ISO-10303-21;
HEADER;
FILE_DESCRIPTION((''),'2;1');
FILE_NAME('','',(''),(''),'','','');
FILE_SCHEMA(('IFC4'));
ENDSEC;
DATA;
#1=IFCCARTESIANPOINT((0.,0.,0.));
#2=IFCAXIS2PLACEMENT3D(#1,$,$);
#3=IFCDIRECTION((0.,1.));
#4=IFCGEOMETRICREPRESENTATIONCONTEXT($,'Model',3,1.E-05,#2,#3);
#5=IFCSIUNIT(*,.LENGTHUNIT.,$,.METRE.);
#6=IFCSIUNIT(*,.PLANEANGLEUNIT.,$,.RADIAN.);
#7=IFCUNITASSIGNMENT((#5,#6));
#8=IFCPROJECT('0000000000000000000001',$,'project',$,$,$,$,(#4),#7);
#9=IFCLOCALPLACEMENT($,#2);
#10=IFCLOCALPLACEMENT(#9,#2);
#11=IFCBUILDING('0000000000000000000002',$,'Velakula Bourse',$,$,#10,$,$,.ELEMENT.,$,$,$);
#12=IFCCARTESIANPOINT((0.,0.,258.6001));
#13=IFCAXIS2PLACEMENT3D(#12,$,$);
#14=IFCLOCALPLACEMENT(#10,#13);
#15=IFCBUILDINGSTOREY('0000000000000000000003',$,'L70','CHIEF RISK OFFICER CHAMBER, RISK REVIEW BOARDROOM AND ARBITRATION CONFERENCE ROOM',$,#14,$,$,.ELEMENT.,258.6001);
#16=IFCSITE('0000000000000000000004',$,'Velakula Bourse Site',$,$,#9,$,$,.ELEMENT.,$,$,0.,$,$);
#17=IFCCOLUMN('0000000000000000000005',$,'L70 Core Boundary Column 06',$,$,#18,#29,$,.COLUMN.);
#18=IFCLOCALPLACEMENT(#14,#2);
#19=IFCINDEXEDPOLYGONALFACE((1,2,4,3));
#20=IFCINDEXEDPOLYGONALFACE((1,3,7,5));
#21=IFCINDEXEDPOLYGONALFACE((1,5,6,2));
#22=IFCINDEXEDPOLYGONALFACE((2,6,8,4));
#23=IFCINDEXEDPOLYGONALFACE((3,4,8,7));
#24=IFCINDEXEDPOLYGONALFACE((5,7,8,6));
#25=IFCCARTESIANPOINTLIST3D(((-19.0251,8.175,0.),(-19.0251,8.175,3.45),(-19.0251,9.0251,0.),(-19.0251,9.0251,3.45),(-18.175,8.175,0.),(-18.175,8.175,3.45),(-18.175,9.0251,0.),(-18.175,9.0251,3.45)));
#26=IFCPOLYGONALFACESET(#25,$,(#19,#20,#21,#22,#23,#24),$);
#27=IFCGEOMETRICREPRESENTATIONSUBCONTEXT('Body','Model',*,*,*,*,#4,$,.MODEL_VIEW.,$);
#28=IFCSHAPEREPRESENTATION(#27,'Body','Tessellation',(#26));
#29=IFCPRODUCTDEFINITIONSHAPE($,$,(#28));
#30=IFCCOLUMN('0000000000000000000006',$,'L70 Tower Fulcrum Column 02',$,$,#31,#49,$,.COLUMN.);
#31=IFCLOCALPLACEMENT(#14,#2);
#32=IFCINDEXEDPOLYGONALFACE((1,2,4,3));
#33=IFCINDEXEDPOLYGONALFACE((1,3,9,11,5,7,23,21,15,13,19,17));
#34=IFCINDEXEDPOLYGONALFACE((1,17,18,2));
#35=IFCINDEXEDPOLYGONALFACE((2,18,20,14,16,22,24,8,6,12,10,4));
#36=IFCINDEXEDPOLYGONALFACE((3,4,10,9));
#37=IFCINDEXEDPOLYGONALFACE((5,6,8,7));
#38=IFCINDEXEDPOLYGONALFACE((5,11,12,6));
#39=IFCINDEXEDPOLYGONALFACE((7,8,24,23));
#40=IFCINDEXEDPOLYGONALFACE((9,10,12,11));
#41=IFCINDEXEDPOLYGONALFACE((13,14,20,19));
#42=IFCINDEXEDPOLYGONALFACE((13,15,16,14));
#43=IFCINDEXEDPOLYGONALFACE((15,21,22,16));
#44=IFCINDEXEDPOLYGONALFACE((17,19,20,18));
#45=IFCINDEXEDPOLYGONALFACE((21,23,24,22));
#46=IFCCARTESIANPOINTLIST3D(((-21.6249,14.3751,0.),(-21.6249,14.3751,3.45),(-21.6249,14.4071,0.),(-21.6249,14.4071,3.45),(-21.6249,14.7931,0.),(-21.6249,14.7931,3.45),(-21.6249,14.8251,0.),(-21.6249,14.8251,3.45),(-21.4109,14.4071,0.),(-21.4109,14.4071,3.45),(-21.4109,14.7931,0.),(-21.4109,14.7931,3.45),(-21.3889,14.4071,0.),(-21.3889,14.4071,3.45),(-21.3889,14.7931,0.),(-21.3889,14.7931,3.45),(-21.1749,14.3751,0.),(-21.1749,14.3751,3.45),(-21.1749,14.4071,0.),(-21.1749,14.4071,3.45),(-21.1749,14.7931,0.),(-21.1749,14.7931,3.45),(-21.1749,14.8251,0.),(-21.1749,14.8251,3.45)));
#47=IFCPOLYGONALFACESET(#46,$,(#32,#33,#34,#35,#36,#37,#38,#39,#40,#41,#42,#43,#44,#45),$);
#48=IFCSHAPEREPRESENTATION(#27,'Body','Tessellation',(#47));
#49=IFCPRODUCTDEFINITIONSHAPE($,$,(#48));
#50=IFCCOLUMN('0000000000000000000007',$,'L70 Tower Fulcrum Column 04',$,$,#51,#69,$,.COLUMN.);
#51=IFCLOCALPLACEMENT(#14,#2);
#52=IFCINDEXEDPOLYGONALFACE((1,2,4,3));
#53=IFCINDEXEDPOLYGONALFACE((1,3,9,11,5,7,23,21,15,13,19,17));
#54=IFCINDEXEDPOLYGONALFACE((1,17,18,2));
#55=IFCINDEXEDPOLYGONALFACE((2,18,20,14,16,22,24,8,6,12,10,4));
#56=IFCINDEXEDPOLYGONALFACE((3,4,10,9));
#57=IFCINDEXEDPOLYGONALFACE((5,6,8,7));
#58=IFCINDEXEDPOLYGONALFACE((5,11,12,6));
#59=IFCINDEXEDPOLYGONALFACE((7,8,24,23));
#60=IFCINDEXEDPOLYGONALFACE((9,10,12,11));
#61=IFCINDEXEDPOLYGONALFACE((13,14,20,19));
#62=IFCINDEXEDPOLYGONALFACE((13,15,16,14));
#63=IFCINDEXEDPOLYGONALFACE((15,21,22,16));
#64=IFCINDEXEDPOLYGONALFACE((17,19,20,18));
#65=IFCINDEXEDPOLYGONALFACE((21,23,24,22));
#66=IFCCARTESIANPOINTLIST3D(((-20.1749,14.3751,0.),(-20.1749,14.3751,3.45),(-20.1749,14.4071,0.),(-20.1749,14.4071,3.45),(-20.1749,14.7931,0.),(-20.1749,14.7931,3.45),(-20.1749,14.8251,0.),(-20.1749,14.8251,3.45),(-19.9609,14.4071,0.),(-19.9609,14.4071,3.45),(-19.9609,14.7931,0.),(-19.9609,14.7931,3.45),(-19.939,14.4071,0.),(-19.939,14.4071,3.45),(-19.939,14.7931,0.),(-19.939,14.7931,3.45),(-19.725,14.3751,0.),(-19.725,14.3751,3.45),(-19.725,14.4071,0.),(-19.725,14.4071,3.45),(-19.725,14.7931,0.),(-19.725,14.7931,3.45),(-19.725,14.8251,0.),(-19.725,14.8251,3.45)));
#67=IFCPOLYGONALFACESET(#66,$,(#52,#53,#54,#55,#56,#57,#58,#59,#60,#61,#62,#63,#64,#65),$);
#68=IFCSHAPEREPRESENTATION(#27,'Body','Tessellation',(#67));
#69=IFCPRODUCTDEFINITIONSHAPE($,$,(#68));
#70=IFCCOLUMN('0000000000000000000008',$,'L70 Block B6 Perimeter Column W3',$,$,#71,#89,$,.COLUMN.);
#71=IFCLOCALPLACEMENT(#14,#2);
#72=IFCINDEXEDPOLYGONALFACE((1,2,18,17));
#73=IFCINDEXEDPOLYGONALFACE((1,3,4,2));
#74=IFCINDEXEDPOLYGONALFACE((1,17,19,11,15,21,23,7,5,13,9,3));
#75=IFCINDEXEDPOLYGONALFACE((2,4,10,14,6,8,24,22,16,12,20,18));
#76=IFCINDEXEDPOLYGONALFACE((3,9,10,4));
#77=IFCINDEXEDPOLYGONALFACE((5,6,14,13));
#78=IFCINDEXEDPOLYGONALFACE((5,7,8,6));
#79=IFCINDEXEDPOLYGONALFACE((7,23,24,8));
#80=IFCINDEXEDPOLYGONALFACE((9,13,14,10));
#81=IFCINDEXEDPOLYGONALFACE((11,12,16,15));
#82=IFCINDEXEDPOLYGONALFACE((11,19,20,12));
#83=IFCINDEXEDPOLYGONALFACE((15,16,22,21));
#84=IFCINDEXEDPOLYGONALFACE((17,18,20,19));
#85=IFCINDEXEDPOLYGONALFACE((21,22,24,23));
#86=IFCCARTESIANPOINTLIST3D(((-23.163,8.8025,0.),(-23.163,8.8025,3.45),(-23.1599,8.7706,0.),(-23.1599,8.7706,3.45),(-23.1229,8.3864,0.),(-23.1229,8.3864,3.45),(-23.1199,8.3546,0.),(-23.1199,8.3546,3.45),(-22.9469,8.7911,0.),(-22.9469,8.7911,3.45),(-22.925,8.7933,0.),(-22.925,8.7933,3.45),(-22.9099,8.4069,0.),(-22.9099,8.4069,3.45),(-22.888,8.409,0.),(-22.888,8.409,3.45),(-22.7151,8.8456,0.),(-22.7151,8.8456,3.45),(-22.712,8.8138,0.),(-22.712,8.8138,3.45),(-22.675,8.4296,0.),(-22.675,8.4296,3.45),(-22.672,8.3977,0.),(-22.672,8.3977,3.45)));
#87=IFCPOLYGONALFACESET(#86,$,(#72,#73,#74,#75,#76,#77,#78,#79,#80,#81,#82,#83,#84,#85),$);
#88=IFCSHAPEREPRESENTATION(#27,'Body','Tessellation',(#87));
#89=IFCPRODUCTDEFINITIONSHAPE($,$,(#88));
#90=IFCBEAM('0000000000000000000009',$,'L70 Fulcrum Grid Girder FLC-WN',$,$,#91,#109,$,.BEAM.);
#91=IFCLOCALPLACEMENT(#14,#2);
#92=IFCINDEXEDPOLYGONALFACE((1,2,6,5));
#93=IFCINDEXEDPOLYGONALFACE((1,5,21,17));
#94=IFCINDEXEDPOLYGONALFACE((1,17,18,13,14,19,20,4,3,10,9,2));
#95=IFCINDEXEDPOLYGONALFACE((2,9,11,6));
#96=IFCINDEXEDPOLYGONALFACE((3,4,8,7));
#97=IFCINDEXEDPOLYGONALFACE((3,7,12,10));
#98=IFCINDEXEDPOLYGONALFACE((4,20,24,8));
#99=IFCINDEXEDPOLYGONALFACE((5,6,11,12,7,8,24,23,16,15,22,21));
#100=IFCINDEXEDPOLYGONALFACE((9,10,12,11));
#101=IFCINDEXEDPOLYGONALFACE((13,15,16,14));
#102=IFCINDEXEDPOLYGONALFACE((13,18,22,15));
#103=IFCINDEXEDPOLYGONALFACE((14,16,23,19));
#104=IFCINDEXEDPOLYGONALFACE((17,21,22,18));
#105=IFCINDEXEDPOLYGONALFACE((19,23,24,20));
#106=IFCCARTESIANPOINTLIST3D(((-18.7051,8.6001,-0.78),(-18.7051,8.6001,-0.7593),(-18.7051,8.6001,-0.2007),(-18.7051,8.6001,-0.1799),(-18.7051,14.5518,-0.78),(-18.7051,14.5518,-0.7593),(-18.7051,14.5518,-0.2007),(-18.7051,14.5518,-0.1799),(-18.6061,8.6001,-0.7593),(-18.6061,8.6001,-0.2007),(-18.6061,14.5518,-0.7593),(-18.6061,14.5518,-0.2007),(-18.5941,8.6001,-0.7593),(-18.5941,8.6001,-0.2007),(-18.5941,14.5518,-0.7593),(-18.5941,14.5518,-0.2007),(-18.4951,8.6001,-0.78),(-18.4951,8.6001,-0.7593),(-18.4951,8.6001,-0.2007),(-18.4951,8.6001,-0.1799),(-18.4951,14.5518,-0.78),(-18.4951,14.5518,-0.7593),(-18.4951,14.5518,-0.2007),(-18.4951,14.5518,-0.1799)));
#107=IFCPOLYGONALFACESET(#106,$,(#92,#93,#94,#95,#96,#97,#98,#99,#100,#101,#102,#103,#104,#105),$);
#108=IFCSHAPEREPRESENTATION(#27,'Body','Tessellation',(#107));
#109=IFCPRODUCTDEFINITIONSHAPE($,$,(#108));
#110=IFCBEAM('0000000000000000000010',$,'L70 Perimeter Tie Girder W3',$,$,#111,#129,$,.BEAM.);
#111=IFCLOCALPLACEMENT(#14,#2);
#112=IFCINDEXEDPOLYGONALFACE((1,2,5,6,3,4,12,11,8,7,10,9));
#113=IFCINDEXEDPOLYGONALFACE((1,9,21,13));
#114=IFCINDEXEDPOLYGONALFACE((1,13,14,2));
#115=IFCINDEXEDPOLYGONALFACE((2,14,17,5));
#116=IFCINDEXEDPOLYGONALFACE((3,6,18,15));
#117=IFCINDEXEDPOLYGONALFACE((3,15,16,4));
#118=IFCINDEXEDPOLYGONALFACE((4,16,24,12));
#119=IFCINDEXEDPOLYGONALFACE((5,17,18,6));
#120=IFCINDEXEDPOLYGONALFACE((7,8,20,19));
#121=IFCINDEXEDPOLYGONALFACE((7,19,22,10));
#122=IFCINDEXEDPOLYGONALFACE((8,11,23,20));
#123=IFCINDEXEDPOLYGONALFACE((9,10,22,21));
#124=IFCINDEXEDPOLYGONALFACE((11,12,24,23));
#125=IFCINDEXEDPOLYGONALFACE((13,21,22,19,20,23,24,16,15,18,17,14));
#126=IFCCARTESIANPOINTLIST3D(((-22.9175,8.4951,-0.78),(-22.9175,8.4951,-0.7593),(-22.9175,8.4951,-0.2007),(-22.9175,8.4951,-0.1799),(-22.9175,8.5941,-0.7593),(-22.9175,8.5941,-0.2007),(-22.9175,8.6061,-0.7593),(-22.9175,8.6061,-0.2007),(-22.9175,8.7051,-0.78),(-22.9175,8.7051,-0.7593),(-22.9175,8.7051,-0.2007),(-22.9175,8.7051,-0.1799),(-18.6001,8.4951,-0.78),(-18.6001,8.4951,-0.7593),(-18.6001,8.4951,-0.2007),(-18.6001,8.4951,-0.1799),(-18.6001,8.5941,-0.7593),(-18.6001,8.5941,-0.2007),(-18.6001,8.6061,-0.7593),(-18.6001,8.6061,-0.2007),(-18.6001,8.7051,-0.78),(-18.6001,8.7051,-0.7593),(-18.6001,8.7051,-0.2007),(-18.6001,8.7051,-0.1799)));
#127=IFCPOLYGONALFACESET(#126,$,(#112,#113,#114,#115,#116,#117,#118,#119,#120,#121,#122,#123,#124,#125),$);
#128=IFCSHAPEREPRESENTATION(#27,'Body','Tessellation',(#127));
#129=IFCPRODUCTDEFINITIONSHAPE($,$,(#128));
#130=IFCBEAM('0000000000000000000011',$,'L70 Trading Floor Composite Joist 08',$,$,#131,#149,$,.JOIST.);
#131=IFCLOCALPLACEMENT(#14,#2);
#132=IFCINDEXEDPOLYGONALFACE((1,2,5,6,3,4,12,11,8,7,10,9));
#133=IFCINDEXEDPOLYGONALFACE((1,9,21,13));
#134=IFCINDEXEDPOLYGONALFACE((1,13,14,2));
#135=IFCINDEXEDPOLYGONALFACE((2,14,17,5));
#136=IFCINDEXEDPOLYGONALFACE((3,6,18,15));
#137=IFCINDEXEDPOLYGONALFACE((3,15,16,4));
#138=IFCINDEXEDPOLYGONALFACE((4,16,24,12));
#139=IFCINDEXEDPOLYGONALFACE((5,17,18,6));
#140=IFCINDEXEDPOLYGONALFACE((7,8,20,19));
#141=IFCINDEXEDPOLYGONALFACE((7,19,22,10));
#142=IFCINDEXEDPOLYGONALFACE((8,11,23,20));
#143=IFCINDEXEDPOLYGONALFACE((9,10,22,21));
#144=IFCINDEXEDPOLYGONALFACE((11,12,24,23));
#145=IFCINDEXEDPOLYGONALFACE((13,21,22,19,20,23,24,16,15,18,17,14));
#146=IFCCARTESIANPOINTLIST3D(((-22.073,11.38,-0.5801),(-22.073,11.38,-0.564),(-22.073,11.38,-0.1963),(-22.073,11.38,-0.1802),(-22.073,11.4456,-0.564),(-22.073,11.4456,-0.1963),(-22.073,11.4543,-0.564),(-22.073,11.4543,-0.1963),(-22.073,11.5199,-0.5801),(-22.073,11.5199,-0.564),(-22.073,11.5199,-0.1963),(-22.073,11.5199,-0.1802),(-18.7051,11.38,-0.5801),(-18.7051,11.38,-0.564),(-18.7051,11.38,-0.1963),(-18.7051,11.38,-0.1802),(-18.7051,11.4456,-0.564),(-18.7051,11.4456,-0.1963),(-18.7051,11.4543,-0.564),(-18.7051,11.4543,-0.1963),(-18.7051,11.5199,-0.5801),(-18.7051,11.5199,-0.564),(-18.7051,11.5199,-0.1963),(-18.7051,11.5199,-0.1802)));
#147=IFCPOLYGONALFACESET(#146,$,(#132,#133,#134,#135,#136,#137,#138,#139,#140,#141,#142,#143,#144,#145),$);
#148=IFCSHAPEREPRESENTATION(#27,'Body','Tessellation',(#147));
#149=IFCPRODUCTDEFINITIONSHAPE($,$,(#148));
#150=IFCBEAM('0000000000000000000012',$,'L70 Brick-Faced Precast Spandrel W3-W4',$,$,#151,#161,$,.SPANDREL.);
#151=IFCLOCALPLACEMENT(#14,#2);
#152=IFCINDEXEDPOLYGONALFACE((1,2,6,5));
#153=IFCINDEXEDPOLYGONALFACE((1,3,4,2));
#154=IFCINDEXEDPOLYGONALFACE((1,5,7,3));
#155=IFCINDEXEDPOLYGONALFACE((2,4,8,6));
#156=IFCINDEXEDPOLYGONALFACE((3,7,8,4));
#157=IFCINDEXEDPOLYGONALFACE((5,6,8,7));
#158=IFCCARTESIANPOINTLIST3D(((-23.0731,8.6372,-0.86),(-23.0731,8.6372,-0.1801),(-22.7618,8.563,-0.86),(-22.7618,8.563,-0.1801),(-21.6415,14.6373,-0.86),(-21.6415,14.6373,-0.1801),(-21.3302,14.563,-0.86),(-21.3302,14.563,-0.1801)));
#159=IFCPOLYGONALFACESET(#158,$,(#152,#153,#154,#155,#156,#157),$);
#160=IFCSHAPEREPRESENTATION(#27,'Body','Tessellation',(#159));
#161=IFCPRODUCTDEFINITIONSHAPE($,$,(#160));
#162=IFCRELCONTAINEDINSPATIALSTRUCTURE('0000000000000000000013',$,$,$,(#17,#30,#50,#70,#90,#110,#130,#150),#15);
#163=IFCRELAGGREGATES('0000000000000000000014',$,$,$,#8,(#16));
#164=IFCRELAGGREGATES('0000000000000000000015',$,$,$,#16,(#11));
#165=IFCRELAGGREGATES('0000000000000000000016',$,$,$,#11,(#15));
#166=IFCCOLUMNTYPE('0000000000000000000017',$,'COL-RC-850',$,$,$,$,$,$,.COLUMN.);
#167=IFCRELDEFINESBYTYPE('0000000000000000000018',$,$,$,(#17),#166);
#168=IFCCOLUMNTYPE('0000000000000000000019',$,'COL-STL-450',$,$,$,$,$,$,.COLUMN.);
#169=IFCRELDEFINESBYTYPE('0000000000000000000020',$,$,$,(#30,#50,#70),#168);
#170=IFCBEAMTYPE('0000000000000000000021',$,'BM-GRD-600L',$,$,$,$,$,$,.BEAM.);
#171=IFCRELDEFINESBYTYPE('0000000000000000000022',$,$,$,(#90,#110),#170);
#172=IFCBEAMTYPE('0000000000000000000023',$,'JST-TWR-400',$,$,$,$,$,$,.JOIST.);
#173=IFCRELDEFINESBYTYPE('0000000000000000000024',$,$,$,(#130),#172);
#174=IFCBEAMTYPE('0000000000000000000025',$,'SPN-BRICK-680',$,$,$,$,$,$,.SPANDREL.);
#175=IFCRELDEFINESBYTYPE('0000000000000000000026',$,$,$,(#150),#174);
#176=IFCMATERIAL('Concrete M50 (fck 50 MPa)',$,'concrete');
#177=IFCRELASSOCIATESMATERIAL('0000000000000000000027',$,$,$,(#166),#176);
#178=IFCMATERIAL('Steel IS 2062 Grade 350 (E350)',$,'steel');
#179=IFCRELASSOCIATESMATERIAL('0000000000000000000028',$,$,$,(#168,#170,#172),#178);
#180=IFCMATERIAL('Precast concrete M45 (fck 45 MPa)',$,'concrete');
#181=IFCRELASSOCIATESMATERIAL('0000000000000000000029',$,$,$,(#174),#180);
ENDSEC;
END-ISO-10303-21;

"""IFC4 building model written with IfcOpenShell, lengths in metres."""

from ifc_helpers import new_model, si_unit, direction, frame, origin, origin_2d, place, context, subcontext, project, spatial, rectangle, i_section, extrude, material, material_profile, profile_set, type_object, element, save


model = new_model("IFC4")

# Units and contexts
model_context = context("Model", 3, precision=1e-05, world=origin(), true_north=direction((0.0, 1.0)))
body_context = subcontext(model_context, "Body", "Model", "MODEL_VIEW")
ifc_project = project(units=[si_unit("LENGTHUNIT", "METRE"), si_unit("PLANEANGLEUNIT", "RADIAN")], contexts=[model_context])

# Site, building, storey
site_placement = place(None, origin())
site = spatial("IfcSite", under=ifc_project, at=site_placement, Name="Velakula Bourse Site", CompositionType="ELEMENT", RefElevation=0.0)
building_placement = place(site_placement, origin())
building = spatial("IfcBuilding", under=site, at=building_placement, Name="Velakula Bourse", CompositionType="ELEMENT")
storey_placement = place(building_placement, frame((0.0, 0.0, 258.6001)))
storey = spatial("IfcBuildingStorey", under=building, at=storey_placement, Name="L70", Description="CHIEF RISK OFFICER CHAMBER, RISK REVIEW BOARDROOM AND ARBITRATION CONFERENCE ROOM", CompositionType="ELEMENT", Elevation=258.6001)

# Columns
ifc_material_1 = material(Name="Concrete M50 (fck 50 MPa)", Category="concrete")
ifc_material_profile_1 = material_profile(ifc_material_1, rectangle(XDim=0.8501, YDim=0.8501, at=origin_2d()), Name="Concrete M50 (fck 50 MPa)")
ifc_profile_set_1 = profile_set([ifc_material_profile_1], Name="Concrete M50 (fck 50 MPa)")
column_type_1 = type_object("IfcColumnType", Name="COL-RC-850", PredefinedType="COLUMN", material=ifc_profile_set_1)
column_placement = place(storey_placement, frame((-18.6001, 8.6001, 0.0), z_axis=(0.0, 0.0, 1.0), x_axis=(1.0, 0.0, 0.0)))
element("IfcColumn", 1, at=column_placement, inside=storey, type_object=column_type_1, Name="L70 Core Boundary Column 06", PredefinedType="COLUMN", context=body_context, shape_type="SweptSolid", body=[
    extrude(rectangle(XDim=0.8501, YDim=0.8501, at=origin_2d()), origin(), (0.0, 0.0, 1.0), 3.45),
])
ifc_material_2 = material(Name="Steel IS 2062 Grade 350 (E350)", Category="steel")
ifc_material_profile_2 = material_profile(ifc_material_2, i_section(OverallWidth=0.45, OverallDepth=0.45, WebThickness=0.022, FlangeThickness=0.032, at=origin_2d()), Name="Steel IS 2062 Grade 350 (E350)")
ifc_profile_set_2 = profile_set([ifc_material_profile_2], Name="Steel IS 2062 Grade 350 (E350)")
column_type_2 = type_object("IfcColumnType", Name="COL-STL-450", PredefinedType="COLUMN", material=ifc_profile_set_2)
for number, where, z_axis, x_axis, name in (
    (2, (-21.3999, 14.6001, 0.0), (0.0, 0.0, 1.0), (1.0, 0.0, 0.0), "L70 Tower Fulcrum Column 02"),
    (3, (-19.95, 14.6001, 0.0), (0.0, 0.0, 1.0), (1.0, 0.0, 0.0), "L70 Tower Fulcrum Column 04"),
    (4, (-22.9175, 8.6001, 0.0), (0.0, 0.0, 1.0), (0.995396, 0.095846, 0.0), "L70 Block B6 Perimeter Column W3"),
):
    element("IfcColumn", number, at=place(storey_placement, frame(where, z_axis=z_axis, x_axis=x_axis)), inside=storey, type_object=column_type_2, Name=name, PredefinedType="COLUMN", context=body_context, shape_type="SweptSolid", body=[
        extrude(i_section(OverallWidth=0.45, OverallDepth=0.45, WebThickness=0.022, FlangeThickness=0.032, at=origin_2d()), origin(), (0.0, 0.0, 1.0), 3.45),
    ])

# Beams
ifc_material_profile_3 = material_profile(ifc_material_2, i_section(OverallWidth=0.21, OverallDepth=0.6001, WebThickness=0.012, FlangeThickness=0.0208, at=origin_2d()), Name="Steel IS 2062 Grade 350 (E350)")
ifc_profile_set_3 = profile_set([ifc_material_profile_3], Name="Steel IS 2062 Grade 350 (E350)")
beam_type_1 = type_object("IfcBeamType", Name="BM-GRD-600L", PredefinedType="BEAM", material=ifc_profile_set_3)
beam_1_placement = place(storey_placement, frame((-18.6001, 8.6001, -0.48), z_axis=(0.0, 1.0, 0.0), x_axis=(-1.0, 0.0, 0.0)))
element("IfcBeam", 5, at=beam_1_placement, inside=storey, type_object=beam_type_1, Name="L70 Fulcrum Grid Girder FLC-WN", PredefinedType="BEAM", context=body_context, shape_type="SweptSolid", body=[
    extrude(i_section(OverallWidth=0.21, OverallDepth=0.6001, WebThickness=0.012, FlangeThickness=0.0208, at=origin_2d()), origin(), (0.0, 0.0, 1.0), 5.9517),
])
beam_2_placement = place(storey_placement, frame((-18.6001, 8.6001, -0.48), z_axis=(-1.0, 0.0, 0.0), x_axis=(0.0, -1.0, 0.0)))
element("IfcBeam", 6, at=beam_2_placement, inside=storey, type_object=beam_type_1, Name="L70 Perimeter Tie Girder W3", PredefinedType="BEAM", context=body_context, shape_type="SweptSolid", body=[
    extrude(i_section(OverallWidth=0.21, OverallDepth=0.6001, WebThickness=0.012, FlangeThickness=0.0208, at=origin_2d()), origin(), (0.0, 0.0, 1.0), 4.3174),
])
ifc_material_profile_4 = material_profile(ifc_material_2, i_section(OverallWidth=0.1399, OverallDepth=0.3999, WebThickness=0.0088, FlangeThickness=0.0161, at=origin_2d()), Name="Steel IS 2062 Grade 350 (E350)")
ifc_profile_set_4 = profile_set([ifc_material_profile_4], Name="Steel IS 2062 Grade 350 (E350)")
beam_type_2 = type_object("IfcBeamType", Name="JST-TWR-400", PredefinedType="JOIST", material=ifc_profile_set_4)
beam_3_placement = place(storey_placement, frame((-22.073, 11.45, -0.3801), z_axis=(1.0, 0.0, 0.0), x_axis=(0.0, 1.0, 0.0)))
element("IfcBeam", 7, at=beam_3_placement, inside=storey, type_object=beam_type_2, Name="L70 Trading Floor Composite Joist 08", PredefinedType="JOIST", context=body_context, shape_type="SweptSolid", body=[
    extrude(i_section(OverallWidth=0.1399, OverallDepth=0.3999, WebThickness=0.0088, FlangeThickness=0.0161, at=origin_2d()), origin(), (0.0, 0.0, 1.0), 3.3679),
])
ifc_material_3 = material(Name="Precast concrete M45 (fck 45 MPa)", Category="concrete")
ifc_material_profile_5 = material_profile(ifc_material_3, rectangle(XDim=0.3201, YDim=0.6799, at=origin_2d()), Name="Precast concrete M45 (fck 45 MPa)")
ifc_profile_set_5 = profile_set([ifc_material_profile_5], Name="Precast concrete M45 (fck 45 MPa)")
beam_type_3 = type_object("IfcBeamType", Name="SPN-BRICK-680", PredefinedType="SPANDREL", material=ifc_profile_set_5)
beam_4_placement = place(storey_placement, frame((-22.9175, 8.6001, -0.52), z_axis=(0.232091, 0.972694, 0.0), x_axis=(-0.972694, 0.232091, 0.0)))
element("IfcBeam", 8, at=beam_4_placement, inside=storey, type_object=beam_type_3, Name="L70 Brick-Faced Precast Spandrel W3-W4", PredefinedType="SPANDREL", context=body_context, shape_type="SweptSolid", body=[
    extrude(rectangle(XDim=0.3201, YDim=0.6799, at=origin_2d()), origin(), (0.0, 0.0, 1.0), 6.1685),
])

save(model, "model.ifc")
